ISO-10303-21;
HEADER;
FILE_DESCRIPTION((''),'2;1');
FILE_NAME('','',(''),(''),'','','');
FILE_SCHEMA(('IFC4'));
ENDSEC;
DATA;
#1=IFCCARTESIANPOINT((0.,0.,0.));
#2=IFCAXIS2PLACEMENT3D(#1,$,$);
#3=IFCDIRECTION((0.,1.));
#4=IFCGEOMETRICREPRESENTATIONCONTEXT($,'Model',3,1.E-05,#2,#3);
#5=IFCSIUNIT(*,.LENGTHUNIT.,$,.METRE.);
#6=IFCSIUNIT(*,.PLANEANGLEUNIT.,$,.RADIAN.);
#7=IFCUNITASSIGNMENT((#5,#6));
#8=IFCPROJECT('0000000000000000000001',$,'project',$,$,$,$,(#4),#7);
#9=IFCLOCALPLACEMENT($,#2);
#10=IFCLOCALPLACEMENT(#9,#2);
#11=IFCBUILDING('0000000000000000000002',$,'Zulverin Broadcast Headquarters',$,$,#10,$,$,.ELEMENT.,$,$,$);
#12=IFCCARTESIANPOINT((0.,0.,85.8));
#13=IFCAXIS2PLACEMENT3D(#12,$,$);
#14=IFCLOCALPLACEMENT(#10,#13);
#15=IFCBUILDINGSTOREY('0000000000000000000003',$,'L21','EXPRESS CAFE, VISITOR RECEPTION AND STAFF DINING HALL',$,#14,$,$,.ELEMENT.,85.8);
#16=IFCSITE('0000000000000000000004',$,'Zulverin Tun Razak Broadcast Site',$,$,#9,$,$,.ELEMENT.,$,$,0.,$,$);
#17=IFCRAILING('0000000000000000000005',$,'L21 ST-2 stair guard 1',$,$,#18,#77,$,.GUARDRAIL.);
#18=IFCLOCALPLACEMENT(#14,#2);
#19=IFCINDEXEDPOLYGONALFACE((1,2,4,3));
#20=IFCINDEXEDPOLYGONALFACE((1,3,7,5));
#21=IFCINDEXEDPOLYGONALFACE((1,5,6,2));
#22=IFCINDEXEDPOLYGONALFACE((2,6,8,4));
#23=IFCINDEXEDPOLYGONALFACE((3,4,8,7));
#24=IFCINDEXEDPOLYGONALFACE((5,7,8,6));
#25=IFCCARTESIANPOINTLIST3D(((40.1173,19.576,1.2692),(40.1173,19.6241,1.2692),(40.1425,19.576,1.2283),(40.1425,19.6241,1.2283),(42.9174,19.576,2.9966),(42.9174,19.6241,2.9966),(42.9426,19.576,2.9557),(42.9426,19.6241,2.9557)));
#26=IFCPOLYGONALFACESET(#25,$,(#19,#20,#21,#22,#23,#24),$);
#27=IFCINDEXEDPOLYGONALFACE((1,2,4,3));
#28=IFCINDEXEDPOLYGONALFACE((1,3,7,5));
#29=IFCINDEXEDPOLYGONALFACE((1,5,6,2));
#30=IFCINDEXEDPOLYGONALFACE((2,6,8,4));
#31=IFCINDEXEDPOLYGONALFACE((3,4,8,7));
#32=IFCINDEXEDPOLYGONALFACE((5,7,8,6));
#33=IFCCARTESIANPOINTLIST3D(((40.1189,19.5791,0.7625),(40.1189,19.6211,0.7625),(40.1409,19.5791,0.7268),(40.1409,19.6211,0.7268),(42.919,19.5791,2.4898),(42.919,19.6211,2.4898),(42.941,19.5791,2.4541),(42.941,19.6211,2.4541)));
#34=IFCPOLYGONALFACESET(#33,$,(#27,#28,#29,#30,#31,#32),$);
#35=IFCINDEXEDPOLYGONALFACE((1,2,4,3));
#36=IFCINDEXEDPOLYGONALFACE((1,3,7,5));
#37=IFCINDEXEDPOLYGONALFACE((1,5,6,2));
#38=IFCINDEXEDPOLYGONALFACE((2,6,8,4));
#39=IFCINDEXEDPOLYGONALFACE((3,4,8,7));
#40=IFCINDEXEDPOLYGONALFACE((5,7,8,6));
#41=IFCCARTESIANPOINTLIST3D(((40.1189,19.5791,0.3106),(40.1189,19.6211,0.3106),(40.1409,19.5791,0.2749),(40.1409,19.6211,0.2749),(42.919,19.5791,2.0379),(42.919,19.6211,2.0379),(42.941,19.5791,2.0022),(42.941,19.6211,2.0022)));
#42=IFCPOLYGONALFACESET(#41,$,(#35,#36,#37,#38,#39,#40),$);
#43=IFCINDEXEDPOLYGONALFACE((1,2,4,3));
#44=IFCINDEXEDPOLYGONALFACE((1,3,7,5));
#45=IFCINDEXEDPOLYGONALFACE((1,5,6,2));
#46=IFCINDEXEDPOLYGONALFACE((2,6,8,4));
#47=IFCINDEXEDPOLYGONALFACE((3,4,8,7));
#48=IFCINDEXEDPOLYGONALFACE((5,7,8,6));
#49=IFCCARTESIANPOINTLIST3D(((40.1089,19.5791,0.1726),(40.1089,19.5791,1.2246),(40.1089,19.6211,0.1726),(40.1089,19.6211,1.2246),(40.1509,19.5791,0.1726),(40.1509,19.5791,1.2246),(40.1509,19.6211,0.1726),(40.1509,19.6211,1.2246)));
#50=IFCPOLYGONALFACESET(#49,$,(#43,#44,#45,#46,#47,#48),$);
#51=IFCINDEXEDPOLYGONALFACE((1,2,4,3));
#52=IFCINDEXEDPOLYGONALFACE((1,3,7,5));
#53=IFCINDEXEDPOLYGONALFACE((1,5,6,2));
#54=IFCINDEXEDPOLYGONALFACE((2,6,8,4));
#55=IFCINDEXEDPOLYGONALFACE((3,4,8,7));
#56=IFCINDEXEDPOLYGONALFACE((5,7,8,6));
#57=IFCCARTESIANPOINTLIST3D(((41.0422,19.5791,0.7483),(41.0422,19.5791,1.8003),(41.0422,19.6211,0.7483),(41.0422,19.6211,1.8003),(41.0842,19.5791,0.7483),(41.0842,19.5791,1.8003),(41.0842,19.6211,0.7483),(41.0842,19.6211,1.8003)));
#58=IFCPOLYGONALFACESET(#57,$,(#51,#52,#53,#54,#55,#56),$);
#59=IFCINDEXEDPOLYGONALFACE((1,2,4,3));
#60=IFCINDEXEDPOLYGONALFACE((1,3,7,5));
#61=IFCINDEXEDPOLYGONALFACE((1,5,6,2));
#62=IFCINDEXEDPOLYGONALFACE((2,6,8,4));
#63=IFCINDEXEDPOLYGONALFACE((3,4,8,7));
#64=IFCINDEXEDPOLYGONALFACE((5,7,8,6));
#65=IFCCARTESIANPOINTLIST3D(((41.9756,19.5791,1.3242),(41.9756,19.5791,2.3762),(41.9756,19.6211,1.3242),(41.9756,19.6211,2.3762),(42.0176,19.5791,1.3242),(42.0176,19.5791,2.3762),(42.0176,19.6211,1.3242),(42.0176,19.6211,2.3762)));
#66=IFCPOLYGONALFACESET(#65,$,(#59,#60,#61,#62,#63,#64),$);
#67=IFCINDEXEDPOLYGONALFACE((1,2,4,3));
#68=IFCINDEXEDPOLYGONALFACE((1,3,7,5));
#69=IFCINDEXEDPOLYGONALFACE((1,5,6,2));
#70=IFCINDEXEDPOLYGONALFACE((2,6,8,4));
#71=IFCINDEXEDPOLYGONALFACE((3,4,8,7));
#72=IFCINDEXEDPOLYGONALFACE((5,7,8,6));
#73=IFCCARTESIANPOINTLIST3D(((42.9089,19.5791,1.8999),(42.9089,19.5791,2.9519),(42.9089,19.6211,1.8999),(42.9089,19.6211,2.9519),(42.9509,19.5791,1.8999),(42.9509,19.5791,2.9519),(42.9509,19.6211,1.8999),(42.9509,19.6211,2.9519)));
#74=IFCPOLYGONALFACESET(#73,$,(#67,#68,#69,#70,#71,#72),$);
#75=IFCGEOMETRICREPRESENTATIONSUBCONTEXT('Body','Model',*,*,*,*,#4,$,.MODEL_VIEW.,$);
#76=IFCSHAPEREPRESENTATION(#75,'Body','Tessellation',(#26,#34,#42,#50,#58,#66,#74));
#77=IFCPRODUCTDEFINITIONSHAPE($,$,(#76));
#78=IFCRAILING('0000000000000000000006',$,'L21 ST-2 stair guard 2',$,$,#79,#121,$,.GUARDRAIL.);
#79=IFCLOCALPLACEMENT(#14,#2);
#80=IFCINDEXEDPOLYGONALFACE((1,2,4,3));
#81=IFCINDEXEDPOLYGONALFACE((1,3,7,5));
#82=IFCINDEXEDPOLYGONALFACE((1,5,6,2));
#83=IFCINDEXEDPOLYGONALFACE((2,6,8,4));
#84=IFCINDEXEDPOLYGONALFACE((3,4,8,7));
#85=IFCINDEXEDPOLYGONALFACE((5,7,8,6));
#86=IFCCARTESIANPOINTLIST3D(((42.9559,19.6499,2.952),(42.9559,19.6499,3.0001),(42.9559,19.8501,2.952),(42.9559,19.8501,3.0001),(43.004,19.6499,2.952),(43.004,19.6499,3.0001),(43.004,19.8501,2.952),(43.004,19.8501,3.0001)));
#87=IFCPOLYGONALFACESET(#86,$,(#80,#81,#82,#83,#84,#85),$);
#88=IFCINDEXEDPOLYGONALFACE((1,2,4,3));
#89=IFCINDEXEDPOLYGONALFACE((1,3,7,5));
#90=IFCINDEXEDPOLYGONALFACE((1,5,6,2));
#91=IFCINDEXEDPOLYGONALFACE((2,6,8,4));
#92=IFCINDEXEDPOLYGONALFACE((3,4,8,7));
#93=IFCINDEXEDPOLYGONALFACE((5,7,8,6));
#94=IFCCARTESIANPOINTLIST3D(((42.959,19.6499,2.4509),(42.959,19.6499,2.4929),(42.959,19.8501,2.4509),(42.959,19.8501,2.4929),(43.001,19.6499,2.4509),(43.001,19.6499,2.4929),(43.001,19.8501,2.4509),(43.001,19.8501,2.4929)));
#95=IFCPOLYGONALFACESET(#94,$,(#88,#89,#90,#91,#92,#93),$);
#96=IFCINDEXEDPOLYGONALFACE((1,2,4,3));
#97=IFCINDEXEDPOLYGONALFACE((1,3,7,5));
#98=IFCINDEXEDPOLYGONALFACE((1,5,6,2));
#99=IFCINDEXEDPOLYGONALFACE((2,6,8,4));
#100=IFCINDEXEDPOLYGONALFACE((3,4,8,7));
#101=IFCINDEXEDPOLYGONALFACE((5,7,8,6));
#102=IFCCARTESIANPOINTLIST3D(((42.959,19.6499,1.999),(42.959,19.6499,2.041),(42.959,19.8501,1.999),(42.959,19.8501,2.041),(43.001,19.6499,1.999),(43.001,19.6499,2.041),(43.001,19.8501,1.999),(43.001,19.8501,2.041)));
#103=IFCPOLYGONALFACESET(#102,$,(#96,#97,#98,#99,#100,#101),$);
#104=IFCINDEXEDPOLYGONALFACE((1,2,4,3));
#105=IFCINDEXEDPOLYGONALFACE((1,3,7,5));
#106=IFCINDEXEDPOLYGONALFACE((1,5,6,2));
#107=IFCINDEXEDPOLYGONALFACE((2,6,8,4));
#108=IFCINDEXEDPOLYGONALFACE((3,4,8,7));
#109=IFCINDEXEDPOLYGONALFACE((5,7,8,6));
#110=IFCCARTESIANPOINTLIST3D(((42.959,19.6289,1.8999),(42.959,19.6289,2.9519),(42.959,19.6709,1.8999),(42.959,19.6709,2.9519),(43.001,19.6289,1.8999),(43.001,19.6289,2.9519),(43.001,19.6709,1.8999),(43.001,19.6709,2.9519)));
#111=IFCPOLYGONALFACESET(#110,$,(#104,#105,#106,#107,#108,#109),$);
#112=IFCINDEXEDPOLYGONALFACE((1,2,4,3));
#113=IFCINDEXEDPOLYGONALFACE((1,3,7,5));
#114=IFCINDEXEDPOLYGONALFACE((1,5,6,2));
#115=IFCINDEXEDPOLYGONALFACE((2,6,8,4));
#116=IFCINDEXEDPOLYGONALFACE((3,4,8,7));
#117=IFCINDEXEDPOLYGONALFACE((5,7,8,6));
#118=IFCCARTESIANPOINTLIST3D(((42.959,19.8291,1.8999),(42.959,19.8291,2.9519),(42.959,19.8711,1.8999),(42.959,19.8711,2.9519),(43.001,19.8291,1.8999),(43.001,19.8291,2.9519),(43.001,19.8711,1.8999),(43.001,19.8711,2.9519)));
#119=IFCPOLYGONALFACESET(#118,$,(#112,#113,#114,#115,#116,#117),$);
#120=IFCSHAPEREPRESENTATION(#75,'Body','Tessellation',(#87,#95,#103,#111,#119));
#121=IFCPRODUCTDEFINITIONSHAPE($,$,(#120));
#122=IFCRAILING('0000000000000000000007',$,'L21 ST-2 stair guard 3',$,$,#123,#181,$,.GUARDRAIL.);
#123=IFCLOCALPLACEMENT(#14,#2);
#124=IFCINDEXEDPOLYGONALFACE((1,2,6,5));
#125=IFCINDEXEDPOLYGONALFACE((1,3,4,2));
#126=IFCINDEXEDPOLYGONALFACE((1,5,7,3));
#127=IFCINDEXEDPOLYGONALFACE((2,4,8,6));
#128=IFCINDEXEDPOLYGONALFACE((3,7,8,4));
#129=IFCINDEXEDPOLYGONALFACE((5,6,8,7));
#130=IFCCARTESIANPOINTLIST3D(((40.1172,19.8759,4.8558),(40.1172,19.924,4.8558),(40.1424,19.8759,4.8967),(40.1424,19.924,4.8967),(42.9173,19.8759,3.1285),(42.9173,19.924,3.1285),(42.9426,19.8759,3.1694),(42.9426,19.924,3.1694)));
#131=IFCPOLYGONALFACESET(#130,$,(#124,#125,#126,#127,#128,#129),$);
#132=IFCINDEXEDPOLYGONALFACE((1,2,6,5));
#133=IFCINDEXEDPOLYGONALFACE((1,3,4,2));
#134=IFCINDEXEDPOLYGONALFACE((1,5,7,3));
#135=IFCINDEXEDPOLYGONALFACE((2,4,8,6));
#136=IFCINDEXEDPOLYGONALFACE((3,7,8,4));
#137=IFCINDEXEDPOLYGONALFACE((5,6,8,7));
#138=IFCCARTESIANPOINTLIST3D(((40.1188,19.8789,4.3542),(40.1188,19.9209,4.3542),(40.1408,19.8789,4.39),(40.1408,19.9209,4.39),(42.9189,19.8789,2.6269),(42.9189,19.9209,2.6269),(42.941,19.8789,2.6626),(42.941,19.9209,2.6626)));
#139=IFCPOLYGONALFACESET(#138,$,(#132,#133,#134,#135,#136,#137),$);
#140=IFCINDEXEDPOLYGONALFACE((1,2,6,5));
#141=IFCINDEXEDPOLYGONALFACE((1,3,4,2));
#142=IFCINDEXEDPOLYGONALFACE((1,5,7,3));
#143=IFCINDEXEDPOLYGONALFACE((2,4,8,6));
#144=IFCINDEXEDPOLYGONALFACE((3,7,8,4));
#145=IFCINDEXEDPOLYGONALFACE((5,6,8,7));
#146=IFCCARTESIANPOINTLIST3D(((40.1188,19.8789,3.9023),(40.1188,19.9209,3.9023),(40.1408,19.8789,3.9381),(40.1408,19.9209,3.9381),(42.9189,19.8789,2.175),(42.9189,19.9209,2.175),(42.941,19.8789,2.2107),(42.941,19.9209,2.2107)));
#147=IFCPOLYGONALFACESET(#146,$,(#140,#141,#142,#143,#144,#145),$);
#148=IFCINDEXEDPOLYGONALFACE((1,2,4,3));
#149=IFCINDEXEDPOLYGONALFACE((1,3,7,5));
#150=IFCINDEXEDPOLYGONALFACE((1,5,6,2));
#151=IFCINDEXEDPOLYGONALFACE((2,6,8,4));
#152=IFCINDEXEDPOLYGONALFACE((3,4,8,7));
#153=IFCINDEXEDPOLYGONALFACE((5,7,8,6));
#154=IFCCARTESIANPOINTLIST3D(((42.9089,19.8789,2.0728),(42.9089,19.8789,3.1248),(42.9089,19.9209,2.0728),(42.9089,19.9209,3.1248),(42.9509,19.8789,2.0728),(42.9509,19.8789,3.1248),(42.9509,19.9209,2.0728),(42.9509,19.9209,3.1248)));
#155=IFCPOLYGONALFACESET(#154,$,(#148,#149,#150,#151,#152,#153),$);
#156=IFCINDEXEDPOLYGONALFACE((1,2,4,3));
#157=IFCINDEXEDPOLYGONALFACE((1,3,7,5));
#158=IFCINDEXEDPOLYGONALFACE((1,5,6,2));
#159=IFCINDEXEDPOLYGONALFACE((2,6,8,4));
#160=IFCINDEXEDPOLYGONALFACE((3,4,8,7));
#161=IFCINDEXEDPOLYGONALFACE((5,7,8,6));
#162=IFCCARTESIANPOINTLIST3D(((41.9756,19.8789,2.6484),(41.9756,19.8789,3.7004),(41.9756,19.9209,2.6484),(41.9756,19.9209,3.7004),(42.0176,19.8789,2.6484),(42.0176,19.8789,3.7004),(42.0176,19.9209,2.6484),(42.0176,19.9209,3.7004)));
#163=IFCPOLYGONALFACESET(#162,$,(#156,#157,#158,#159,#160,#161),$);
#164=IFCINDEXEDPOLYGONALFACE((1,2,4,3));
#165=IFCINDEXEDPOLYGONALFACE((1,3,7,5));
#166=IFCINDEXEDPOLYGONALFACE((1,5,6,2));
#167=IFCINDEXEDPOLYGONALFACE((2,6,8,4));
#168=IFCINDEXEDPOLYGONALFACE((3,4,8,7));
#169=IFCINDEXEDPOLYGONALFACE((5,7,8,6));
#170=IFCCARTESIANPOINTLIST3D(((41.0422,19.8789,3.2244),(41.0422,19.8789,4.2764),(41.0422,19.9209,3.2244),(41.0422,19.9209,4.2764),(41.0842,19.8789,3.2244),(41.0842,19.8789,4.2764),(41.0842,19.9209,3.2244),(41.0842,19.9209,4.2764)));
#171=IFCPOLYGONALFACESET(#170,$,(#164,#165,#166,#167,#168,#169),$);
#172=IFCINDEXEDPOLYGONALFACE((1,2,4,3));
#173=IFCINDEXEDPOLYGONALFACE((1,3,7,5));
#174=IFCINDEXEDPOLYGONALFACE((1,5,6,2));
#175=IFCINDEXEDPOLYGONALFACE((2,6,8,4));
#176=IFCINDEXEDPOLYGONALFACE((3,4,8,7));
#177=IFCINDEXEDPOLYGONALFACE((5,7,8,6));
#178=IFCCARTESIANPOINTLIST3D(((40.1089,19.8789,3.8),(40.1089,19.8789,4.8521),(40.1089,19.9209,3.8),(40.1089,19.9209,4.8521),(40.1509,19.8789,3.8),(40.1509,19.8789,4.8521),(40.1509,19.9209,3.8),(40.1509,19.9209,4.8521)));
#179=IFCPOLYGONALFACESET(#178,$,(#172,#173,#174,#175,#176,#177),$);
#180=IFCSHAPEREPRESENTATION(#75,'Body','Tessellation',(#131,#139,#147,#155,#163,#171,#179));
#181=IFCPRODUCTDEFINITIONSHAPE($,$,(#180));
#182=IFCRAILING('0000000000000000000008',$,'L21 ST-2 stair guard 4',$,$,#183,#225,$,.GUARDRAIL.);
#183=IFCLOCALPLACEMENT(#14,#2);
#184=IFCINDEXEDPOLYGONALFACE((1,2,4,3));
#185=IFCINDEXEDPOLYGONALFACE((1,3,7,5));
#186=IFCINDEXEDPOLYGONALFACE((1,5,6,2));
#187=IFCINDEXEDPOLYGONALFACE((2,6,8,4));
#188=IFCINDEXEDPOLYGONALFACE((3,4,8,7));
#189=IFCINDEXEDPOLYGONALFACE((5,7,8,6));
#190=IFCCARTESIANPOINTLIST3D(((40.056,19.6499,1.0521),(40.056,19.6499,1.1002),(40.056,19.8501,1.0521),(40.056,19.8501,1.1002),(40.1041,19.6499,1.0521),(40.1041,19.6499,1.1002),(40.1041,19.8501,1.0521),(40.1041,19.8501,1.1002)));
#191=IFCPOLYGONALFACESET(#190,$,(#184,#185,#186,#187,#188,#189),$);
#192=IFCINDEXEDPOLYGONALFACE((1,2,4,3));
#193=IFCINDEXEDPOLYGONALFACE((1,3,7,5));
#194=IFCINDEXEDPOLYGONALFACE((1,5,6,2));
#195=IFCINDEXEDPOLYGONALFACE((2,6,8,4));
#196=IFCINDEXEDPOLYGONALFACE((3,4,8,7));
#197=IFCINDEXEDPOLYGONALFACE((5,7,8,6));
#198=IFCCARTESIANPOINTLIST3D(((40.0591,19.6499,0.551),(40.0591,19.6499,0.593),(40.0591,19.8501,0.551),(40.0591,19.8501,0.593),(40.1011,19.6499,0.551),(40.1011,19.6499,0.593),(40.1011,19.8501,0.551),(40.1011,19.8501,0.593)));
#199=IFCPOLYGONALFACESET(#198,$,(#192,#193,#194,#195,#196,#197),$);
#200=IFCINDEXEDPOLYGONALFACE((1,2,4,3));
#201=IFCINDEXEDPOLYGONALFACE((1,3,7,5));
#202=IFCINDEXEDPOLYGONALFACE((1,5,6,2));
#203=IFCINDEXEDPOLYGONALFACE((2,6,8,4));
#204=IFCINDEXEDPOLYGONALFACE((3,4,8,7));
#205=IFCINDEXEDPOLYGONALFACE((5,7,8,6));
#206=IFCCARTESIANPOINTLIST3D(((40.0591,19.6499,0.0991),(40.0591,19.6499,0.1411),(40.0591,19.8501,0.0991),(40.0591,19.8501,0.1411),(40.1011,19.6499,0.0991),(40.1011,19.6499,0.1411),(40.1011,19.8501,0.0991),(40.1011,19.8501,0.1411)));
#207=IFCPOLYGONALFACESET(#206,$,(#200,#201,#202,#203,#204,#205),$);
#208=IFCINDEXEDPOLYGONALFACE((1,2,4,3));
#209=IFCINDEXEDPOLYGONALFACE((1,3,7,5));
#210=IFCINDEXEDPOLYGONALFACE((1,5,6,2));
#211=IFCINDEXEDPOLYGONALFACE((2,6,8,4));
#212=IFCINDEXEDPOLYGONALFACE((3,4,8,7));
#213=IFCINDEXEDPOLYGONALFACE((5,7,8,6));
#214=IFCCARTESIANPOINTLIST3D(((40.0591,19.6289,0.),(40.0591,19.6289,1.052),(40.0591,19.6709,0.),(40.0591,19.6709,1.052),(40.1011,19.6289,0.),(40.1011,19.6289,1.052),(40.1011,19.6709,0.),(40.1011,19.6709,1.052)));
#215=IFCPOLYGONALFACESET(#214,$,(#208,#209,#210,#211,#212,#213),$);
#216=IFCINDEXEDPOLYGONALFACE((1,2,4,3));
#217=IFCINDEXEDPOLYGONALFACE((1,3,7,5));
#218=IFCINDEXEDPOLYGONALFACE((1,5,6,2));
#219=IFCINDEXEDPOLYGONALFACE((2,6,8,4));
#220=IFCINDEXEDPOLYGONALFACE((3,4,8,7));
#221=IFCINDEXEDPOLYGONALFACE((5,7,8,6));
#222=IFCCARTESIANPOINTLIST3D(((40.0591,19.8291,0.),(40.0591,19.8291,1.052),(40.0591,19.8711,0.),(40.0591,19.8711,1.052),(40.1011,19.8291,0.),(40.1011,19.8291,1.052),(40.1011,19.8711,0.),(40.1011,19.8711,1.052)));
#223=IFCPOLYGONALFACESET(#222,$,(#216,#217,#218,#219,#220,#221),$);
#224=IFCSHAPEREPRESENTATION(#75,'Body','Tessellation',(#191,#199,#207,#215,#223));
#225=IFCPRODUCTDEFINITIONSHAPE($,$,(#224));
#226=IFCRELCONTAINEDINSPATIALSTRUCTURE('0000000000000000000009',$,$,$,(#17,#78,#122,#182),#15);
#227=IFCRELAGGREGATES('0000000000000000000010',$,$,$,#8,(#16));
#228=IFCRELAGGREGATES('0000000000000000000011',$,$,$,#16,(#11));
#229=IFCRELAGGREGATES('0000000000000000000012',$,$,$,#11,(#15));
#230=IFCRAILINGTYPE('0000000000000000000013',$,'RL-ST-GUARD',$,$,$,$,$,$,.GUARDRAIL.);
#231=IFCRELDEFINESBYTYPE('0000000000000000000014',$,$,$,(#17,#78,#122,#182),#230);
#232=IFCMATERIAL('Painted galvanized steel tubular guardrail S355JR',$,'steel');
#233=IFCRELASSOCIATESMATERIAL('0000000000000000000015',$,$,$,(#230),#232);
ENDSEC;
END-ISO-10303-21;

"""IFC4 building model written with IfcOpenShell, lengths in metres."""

from ifc_helpers import new_model, si_unit, direction, frame, origin, origin_2d, place, context, subcontext, project, spatial, rectangle, extrude, material, type_object, element, save


model = new_model("IFC4")

# Units and contexts
model_context = context("Model", 3, precision=1e-05, world=origin(), true_north=direction((0.0, 1.0)))
body_context = subcontext(model_context, "Body", "Model", "MODEL_VIEW")
ifc_project = project(units=[si_unit("LENGTHUNIT", "METRE"), si_unit("PLANEANGLEUNIT", "RADIAN")], contexts=[model_context])

# Site, building, storey
site_placement = place(None, origin())
site = spatial("IfcSite", under=ifc_project, at=site_placement, Name="Zulverin Tun Razak Broadcast Site", CompositionType="ELEMENT", RefElevation=0.0)
building_placement = place(site_placement, origin())
building = spatial("IfcBuilding", under=site, at=building_placement, Name="Zulverin Broadcast Headquarters", CompositionType="ELEMENT")
storey_placement = place(building_placement, frame((0.0, 0.0, 85.8)))
storey = spatial("IfcBuildingStorey", under=building, at=storey_placement, Name="L21", Description="EXPRESS CAFE, VISITOR RECEPTION AND STAFF DINING HALL", CompositionType="ELEMENT", Elevation=85.8)

# Railings
ifc_material_1 = material(Name="Painted galvanized steel tubular guardrail S355JR", Category="steel")
railing_type_1 = type_object("IfcRailingType", Name="RL-ST-GUARD", PredefinedType="GUARDRAIL", material=ifc_material_1)
railing_1_placement = place(storey_placement, frame((40.1299, 19.6001, 0.1726)))
element("IfcRailing", 1, at=railing_1_placement, inside=storey, type_object=railing_type_1, Name="L21 ST-2 stair guard 1", PredefinedType="GUARDRAIL", context=body_context, shape_type="SweptSolid", body=[
    extrude(rectangle(XDim=0.0481, YDim=0.0481, at=origin_2d()), frame((0.0, 0.0, 1.0762), z_axis=(0.85109, 0.0, 0.52502), x_axis=(0.0, 1.0, 0.0)), (0.0, 0.0, 1.0), 3.29),
    extrude(rectangle(XDim=0.042, YDim=0.042, at=origin_2d()), frame((0.0, 0.0, 0.572), z_axis=(0.85109, 0.0, 0.52502), x_axis=(0.0, 1.0, 0.0)), (0.0, 0.0, 1.0), 3.29),
    extrude(rectangle(XDim=0.042, YDim=0.042, at=origin_2d()), frame((0.0, 0.0, 0.1201), z_axis=(0.85109, 0.0, 0.52502), x_axis=(0.0, 1.0, 0.0)), (0.0, 0.0, 1.0), 3.29),
    extrude(rectangle(XDim=0.042, YDim=0.042, at=origin_2d()), origin(), (0.0, 0.0, 1.0), 1.052),
    extrude(rectangle(XDim=0.042, YDim=0.042, at=origin_2d()), frame((0.9333, 0.0, 0.5757)), (0.0, 0.0, 1.0), 1.052),
    extrude(rectangle(XDim=0.042, YDim=0.042, at=origin_2d()), frame((1.8667, 0.0, 1.1516)), (0.0, 0.0, 1.0), 1.052),
    extrude(rectangle(XDim=0.042, YDim=0.042, at=origin_2d()), frame((2.8, 0.0, 1.7273)), (0.0, 0.0, 1.0), 1.052),
])
railing_2_placement = place(storey_placement, frame((42.98, 19.6499, 1.8999)))
element("IfcRailing", 2, at=railing_2_placement, inside=storey, type_object=railing_type_1, Name="L21 ST-2 stair guard 2", PredefinedType="GUARDRAIL", context=body_context, shape_type="SweptSolid", body=[
    extrude(rectangle(XDim=0.0481, YDim=0.0481, at=origin_2d()), frame((0.0, 0.0, 1.0762), z_axis=(0.0, 1.0, 0.0), x_axis=(-1.0, 0.0, 0.0)), (0.0, 0.0, 1.0), 0.2002),
    extrude(rectangle(XDim=0.042, YDim=0.042, at=origin_2d()), frame((0.0, 0.0, 0.572), z_axis=(0.0, 1.0, 0.0), x_axis=(-1.0, 0.0, 0.0)), (0.0, 0.0, 1.0), 0.2002),
    extrude(rectangle(XDim=0.042, YDim=0.042, at=origin_2d()), frame((0.0, 0.0, 0.1201), z_axis=(0.0, 1.0, 0.0), x_axis=(-1.0, 0.0, 0.0)), (0.0, 0.0, 1.0), 0.2002),
    extrude(rectangle(XDim=0.042, YDim=0.042, at=origin_2d()), origin(), (0.0, 0.0, 1.0), 1.052),
    extrude(rectangle(XDim=0.042, YDim=0.042, at=origin_2d()), frame((0.0, 0.2002, 0.0)), (0.0, 0.0, 1.0), 1.052),
])
railing_3_placement = place(storey_placement, frame((42.9299, 19.8999, 2.0728)))
element("IfcRailing", 3, at=railing_3_placement, inside=storey, type_object=railing_type_1, Name="L21 ST-2 stair guard 3", PredefinedType="GUARDRAIL", context=body_context, shape_type="SweptSolid", body=[
    extrude(rectangle(XDim=0.0481, YDim=0.0481, at=origin_2d()), frame((0.0, 0.0, 1.0762), z_axis=(-0.85109, 0.0, 0.52502), x_axis=(0.0, -1.0, 0.0)), (0.0, 0.0, 1.0), 3.29),
    extrude(rectangle(XDim=0.042, YDim=0.042, at=origin_2d()), frame((0.0, 0.0, 0.572), z_axis=(-0.85109, 0.0, 0.52502), x_axis=(0.0, -1.0, 0.0)), (0.0, 0.0, 1.0), 3.29),
    extrude(rectangle(XDim=0.042, YDim=0.042, at=origin_2d()), frame((0.0, 0.0, 0.1201), z_axis=(-0.85109, 0.0, 0.52502), x_axis=(0.0, -1.0, 0.0)), (0.0, 0.0, 1.0), 3.29),
    extrude(rectangle(XDim=0.042, YDim=0.042, at=origin_2d()), origin(), (0.0, 0.0, 1.0), 1.052),
    extrude(rectangle(XDim=0.042, YDim=0.042, at=origin_2d()), frame((-0.9333, 0.0, 0.5757)), (0.0, 0.0, 1.0), 1.052),
    extrude(rectangle(XDim=0.042, YDim=0.042, at=origin_2d()), frame((-1.8667, 0.0, 1.1516)), (0.0, 0.0, 1.0), 1.052),
    extrude(rectangle(XDim=0.042, YDim=0.042, at=origin_2d()), frame((-2.8, 0.0, 1.7273)), (0.0, 0.0, 1.0), 1.052),
])
railing_4_placement = place(storey_placement, frame((40.0801, 19.6499, 0.0)))
element("IfcRailing", 4, at=railing_4_placement, inside=storey, type_object=railing_type_1, Name="L21 ST-2 stair guard 4", PredefinedType="GUARDRAIL", context=body_context, shape_type="SweptSolid", body=[
    extrude(rectangle(XDim=0.0481, YDim=0.0481, at=origin_2d()), frame((0.0, 0.0, 1.0762), z_axis=(0.0, 1.0, 0.0), x_axis=(-1.0, 0.0, 0.0)), (0.0, 0.0, 1.0), 0.2002),
    extrude(rectangle(XDim=0.042, YDim=0.042, at=origin_2d()), frame((0.0, 0.0, 0.572), z_axis=(0.0, 1.0, 0.0), x_axis=(-1.0, 0.0, 0.0)), (0.0, 0.0, 1.0), 0.2002),
    extrude(rectangle(XDim=0.042, YDim=0.042, at=origin_2d()), frame((0.0, 0.0, 0.1201), z_axis=(0.0, 1.0, 0.0), x_axis=(-1.0, 0.0, 0.0)), (0.0, 0.0, 1.0), 0.2002),
    extrude(rectangle(XDim=0.042, YDim=0.042, at=origin_2d()), origin(), (0.0, 0.0, 1.0), 1.052),
    extrude(rectangle(XDim=0.042, YDim=0.042, at=origin_2d()), frame((0.0, 0.2002, 0.0)), (0.0, 0.0, 1.0), 1.052),
])

save(model, "model.ifc")
